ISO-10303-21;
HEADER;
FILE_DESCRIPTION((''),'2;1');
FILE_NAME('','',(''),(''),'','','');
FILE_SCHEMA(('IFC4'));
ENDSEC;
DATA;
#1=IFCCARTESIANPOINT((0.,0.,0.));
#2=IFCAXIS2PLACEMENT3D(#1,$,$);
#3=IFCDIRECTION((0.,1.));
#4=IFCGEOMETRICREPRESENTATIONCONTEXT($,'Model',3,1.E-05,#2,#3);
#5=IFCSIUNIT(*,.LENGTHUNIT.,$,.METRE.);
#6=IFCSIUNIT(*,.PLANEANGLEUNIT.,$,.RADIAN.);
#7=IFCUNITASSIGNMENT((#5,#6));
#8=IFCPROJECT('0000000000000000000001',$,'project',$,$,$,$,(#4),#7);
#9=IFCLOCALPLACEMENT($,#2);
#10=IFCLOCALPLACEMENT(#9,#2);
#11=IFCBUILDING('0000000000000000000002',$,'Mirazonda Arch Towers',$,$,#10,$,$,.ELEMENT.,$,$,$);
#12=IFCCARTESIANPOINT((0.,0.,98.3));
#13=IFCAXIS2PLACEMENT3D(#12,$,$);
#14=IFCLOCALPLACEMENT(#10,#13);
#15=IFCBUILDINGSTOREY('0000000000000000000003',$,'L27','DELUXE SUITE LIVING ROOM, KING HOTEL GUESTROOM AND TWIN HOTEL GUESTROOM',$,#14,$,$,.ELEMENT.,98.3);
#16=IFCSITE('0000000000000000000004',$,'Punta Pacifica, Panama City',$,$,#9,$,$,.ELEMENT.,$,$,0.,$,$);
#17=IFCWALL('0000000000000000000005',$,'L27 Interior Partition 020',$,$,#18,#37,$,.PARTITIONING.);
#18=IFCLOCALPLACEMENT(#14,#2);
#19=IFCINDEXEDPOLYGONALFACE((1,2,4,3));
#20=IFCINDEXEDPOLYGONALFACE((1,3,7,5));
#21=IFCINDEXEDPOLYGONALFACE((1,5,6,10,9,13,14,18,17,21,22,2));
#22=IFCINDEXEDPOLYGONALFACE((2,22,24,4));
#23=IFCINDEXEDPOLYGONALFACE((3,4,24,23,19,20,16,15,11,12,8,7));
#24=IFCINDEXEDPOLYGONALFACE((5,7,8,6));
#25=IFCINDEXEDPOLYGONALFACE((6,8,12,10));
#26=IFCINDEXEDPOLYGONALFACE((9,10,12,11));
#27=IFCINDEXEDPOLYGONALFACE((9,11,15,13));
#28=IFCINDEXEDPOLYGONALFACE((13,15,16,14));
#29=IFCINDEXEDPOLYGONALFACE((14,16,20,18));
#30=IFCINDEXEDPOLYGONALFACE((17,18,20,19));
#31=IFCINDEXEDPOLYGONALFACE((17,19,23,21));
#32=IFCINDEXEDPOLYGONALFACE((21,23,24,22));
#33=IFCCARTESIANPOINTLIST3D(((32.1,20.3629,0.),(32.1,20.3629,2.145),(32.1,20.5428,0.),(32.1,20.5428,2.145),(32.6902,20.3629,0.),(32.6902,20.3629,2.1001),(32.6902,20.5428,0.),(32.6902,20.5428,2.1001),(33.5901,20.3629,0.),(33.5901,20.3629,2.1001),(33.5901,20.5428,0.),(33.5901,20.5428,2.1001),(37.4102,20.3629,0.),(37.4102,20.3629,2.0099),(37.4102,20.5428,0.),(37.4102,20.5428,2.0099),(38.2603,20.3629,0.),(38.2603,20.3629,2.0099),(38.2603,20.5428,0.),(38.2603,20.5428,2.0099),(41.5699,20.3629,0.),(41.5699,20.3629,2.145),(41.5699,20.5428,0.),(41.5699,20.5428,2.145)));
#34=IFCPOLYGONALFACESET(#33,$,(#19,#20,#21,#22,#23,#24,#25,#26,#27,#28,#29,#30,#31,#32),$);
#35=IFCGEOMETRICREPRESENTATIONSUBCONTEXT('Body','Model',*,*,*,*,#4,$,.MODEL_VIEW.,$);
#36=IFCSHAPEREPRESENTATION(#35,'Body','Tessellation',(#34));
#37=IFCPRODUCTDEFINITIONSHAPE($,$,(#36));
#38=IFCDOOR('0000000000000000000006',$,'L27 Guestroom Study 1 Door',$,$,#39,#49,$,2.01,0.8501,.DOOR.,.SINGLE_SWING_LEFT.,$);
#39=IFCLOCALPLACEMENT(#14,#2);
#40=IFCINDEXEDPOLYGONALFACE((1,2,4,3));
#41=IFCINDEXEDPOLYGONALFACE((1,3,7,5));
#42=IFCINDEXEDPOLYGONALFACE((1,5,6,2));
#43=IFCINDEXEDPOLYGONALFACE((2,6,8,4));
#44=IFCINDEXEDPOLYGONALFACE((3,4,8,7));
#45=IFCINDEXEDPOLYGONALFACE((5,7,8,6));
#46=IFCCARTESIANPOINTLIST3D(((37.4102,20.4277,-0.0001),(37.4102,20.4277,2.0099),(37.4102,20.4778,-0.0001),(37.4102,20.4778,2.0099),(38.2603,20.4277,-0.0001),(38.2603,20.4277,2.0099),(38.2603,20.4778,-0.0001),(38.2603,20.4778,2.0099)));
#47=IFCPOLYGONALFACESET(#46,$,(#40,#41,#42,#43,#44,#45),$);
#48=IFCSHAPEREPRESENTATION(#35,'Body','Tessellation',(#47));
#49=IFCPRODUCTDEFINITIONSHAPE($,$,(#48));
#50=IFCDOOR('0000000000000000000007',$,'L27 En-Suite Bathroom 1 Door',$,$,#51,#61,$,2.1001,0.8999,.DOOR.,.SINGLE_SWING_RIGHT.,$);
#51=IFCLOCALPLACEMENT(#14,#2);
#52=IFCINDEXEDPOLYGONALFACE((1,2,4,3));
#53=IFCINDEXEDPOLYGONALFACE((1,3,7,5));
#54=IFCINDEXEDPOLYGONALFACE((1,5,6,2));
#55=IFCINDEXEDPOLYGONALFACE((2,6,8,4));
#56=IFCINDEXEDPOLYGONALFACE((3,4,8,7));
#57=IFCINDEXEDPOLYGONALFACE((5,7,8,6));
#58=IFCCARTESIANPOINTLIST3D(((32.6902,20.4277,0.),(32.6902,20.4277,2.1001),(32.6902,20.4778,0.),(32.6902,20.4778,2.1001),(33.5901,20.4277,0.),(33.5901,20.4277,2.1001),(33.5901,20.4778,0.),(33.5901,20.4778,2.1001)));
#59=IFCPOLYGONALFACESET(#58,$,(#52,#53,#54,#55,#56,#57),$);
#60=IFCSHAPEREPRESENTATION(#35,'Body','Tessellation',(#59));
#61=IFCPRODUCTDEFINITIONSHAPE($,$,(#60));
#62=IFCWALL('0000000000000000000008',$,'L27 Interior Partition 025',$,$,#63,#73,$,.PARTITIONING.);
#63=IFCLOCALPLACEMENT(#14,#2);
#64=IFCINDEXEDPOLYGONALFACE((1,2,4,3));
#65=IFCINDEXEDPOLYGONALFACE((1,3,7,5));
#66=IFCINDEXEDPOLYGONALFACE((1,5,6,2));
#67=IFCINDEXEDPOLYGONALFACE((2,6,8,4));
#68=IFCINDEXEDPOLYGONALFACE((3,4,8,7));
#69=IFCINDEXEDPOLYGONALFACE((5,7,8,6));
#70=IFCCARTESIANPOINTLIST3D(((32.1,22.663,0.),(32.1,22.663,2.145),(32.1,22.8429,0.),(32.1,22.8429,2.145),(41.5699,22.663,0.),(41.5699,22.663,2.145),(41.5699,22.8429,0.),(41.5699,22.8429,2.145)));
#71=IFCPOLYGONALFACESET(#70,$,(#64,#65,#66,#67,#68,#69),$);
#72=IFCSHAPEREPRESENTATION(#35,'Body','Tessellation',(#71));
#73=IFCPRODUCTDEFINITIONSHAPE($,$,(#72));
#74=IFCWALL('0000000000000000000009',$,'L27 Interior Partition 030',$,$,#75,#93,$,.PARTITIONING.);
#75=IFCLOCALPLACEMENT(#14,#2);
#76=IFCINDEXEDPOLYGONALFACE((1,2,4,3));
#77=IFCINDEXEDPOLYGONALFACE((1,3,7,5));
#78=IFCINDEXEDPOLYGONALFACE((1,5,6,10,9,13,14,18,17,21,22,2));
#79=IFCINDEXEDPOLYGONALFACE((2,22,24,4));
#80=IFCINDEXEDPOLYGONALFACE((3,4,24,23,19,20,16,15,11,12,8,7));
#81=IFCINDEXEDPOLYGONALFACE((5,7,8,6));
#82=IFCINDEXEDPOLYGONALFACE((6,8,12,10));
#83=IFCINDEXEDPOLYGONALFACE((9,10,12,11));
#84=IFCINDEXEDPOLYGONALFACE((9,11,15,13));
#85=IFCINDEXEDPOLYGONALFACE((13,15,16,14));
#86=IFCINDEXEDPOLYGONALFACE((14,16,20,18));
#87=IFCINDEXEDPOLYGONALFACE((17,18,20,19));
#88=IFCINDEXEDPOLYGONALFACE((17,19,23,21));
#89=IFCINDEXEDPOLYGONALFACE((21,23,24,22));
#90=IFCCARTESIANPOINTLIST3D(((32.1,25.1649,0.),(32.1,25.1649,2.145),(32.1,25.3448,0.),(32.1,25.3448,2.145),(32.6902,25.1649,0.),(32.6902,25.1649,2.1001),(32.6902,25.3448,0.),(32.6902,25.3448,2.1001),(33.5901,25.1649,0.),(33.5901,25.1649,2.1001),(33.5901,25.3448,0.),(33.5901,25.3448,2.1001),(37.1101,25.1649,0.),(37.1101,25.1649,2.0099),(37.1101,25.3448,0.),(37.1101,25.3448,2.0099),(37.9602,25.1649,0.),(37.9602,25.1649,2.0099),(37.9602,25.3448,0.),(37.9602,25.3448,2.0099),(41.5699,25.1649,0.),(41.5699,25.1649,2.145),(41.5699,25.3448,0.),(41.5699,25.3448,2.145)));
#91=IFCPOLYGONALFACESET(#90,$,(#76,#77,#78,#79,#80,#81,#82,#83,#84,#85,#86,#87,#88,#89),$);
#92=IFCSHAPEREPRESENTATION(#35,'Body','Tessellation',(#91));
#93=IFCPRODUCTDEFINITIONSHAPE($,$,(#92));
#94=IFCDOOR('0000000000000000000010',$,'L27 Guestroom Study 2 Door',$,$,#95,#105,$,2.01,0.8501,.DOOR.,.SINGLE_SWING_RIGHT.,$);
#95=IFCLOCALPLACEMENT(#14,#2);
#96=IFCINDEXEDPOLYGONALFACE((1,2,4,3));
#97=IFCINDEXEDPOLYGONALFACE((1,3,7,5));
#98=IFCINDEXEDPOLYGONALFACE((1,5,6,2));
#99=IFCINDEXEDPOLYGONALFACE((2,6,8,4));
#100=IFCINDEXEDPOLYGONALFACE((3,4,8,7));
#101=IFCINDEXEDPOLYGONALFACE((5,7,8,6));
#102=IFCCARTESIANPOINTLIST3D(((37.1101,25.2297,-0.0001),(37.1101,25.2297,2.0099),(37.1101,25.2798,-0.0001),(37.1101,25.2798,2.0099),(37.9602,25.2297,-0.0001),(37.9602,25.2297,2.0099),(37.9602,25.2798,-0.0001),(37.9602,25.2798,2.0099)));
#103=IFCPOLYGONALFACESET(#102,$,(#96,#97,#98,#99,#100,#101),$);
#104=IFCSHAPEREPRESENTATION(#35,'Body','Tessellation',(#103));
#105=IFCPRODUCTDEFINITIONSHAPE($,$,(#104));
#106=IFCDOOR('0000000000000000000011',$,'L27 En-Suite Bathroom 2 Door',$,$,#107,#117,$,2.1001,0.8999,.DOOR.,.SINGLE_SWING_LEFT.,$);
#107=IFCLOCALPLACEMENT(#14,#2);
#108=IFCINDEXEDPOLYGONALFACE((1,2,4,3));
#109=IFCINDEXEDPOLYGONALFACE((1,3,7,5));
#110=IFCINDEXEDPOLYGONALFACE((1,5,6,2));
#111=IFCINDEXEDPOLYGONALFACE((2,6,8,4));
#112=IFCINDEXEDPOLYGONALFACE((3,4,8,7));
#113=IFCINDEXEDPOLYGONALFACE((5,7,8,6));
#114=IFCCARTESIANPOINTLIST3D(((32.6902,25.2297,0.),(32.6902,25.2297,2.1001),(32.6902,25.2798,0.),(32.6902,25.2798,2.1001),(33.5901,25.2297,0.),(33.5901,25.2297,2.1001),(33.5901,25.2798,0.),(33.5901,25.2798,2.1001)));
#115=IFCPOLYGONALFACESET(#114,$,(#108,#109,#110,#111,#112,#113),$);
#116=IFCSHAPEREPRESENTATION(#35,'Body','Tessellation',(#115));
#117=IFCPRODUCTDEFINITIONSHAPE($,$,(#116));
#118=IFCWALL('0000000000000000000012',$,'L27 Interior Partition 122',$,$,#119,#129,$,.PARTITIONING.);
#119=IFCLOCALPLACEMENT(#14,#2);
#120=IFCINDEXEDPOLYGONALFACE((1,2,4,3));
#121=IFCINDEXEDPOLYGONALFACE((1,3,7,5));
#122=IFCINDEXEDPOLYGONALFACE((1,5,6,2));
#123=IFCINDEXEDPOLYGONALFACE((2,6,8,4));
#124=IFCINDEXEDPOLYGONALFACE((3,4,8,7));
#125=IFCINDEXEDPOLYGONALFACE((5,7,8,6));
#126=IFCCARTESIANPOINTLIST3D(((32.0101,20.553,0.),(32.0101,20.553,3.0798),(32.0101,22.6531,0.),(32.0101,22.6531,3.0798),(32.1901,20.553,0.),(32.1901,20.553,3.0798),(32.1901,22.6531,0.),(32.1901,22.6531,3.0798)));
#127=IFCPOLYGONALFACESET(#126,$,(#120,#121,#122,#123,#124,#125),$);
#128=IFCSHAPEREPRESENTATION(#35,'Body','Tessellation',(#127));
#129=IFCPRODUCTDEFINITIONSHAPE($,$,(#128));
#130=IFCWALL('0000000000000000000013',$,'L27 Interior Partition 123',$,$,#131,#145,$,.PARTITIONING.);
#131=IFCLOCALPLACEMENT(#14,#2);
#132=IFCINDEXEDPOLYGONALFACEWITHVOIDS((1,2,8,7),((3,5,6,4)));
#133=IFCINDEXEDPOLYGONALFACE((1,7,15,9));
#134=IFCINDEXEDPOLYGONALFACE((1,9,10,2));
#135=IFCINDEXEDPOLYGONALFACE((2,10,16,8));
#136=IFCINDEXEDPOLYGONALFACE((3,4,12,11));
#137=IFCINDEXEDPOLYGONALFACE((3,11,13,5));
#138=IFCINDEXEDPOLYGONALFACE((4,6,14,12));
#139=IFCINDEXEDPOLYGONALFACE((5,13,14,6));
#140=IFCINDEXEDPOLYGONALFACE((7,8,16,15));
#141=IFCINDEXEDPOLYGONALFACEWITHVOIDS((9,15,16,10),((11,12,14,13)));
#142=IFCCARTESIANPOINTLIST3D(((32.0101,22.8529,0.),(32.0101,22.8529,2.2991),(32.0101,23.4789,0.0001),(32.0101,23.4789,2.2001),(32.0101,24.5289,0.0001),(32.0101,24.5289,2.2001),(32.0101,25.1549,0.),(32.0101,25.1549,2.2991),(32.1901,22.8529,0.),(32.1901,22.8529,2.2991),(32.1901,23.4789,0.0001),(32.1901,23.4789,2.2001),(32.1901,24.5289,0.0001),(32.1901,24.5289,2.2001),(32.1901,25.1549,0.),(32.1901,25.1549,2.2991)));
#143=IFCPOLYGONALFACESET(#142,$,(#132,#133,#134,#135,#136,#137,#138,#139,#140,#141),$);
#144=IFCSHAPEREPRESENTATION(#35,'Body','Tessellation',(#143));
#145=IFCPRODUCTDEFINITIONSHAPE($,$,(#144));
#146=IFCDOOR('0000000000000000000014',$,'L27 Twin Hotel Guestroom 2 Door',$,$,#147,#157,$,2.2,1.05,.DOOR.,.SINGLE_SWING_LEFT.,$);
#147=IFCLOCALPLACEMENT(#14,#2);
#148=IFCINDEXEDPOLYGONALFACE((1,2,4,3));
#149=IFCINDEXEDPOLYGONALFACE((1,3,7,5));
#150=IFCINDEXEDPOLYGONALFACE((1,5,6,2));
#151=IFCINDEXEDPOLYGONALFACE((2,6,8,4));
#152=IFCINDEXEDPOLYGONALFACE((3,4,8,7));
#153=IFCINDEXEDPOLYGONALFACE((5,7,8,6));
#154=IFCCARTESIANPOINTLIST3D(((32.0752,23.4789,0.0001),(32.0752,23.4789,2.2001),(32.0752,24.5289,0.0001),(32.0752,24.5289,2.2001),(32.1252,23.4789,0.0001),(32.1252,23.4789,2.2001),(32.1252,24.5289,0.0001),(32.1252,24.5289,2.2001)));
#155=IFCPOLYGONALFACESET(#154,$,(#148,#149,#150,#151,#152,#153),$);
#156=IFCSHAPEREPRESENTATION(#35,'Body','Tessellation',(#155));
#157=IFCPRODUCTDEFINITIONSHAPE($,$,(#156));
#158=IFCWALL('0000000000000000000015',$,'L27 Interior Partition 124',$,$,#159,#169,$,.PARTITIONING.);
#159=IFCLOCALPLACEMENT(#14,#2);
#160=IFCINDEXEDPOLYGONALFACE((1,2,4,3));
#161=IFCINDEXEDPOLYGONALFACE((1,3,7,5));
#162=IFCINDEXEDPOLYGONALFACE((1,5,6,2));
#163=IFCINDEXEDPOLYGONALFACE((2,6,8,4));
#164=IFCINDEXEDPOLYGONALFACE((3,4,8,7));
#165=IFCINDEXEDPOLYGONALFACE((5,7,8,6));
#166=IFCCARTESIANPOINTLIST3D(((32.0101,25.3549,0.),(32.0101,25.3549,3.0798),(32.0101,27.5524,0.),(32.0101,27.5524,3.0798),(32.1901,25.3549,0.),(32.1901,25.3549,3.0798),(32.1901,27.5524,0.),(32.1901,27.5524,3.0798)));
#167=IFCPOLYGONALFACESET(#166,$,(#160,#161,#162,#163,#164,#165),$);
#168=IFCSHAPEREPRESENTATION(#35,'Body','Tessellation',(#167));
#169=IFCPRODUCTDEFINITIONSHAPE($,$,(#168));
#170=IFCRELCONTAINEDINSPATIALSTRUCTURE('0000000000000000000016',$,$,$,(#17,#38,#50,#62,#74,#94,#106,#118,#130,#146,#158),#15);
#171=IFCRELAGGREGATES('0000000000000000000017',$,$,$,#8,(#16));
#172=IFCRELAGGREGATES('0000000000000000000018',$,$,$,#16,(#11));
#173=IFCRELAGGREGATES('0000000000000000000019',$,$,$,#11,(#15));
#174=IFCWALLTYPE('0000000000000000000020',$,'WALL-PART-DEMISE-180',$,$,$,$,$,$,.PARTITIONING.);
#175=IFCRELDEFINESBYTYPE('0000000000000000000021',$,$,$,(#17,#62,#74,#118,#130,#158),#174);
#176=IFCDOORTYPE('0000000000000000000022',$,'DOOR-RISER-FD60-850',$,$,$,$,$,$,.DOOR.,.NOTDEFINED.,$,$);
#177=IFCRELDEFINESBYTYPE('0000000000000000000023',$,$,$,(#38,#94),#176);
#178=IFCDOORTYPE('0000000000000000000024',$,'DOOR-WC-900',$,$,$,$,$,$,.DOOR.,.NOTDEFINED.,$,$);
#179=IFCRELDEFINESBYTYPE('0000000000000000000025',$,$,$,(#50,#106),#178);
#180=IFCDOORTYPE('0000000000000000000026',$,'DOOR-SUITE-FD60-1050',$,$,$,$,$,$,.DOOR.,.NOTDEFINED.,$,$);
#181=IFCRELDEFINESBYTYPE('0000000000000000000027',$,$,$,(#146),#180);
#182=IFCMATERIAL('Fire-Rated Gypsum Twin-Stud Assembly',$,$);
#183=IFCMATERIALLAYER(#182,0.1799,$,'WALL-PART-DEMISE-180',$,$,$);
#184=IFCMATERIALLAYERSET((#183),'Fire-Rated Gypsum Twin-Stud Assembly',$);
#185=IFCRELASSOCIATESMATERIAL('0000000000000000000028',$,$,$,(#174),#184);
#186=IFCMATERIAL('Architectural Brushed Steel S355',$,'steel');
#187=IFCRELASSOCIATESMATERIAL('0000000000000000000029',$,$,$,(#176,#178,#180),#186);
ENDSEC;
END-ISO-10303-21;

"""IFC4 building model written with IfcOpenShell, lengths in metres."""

from ifc_helpers import new_model, si_unit, direction, frame, frame_2d, origin, place, context, subcontext, project, spatial, rectangle, extrude, material, layer, layer_set, type_object, element, fill, save


model = new_model("IFC4")

# Units and contexts
model_context = context("Model", 3, precision=1e-05, world=origin(), true_north=direction((0.0, 1.0)))
body_context = subcontext(model_context, "Body", "Model", "MODEL_VIEW")
ifc_project = project(units=[si_unit("LENGTHUNIT", "METRE"), si_unit("PLANEANGLEUNIT", "RADIAN")], contexts=[model_context])

# Site, building, storey
site_placement = place(None, origin())
site = spatial("IfcSite", under=ifc_project, at=site_placement, Name="Punta Pacifica, Panama City", CompositionType="ELEMENT", RefElevation=0.0)
building_placement = place(site_placement, origin())
building = spatial("IfcBuilding", under=site, at=building_placement, Name="Mirazonda Arch Towers", CompositionType="ELEMENT")
storey_placement = place(building_placement, frame((0.0, 0.0, 98.3)))
storey = spatial("IfcBuildingStorey", under=building, at=storey_placement, Name="L27", Description="DELUXE SUITE LIVING ROOM, KING HOTEL GUESTROOM AND TWIN HOTEL GUESTROOM", CompositionType="ELEMENT", Elevation=98.3)

# Wall, openings, doors
ifc_material_1 = material(Name="Fire-Rated Gypsum Twin-Stud Assembly")
ifc_layer_1 = layer(ifc_material_1, 0.1799, Name="WALL-PART-DEMISE-180")
ifc_layer_set_1 = layer_set([ifc_layer_1], Name="Fire-Rated Gypsum Twin-Stud Assembly")
wall_type_1 = type_object("IfcWallType", Name="WALL-PART-DEMISE-180", PredefinedType="PARTITIONING", material=ifc_layer_set_1)
wall_1_placement = place(storey_placement, frame((32.1001, 20.4529, 0.0), z_axis=(0.0, 0.0, 1.0), x_axis=(1.0, 0.0, 0.0)))
wall_1 = element("IfcWall", 1, at=wall_1_placement, inside=storey, type_object=wall_type_1, Name="L27 Interior Partition 020", PredefinedType="PARTITIONING", context=body_context, shape_type="SweptSolid", body=[
    extrude(rectangle(XDim=9.47, YDim=0.1799, at=frame_2d((4.7349, 0.0))), origin(), (0.0, 0.0, 1.0), 2.145),
])
opening_1_placement = place(wall_1_placement, frame((5.3101, 0.0, 0.0)))
opening_1 = element("IfcOpeningElement", 2, at=opening_1_placement, cuts=wall_1, PredefinedType="OPENING", context=body_context, shape_type="SweptSolid", body=[
    extrude(rectangle(XDim=0.8501, YDim=2.01, at=frame_2d((0.425, 1.0049))), frame((0.0, 0.0999, 0.0), z_axis=(0.0, -1.0, 0.0), x_axis=(1.0, 0.0, 0.0)), (0.0, 0.0, 1.0), 0.2),
])
opening_2_placement = place(wall_1_placement, frame((0.5901, 0.0, 0.0)))
opening_2 = element("IfcOpeningElement", 3, at=opening_2_placement, cuts=wall_1, PredefinedType="OPENING", context=body_context, shape_type="SweptSolid", body=[
    extrude(rectangle(XDim=0.8999, YDim=2.1001, at=frame_2d((0.45, 1.05))), frame((0.0, 0.0999, 0.0), z_axis=(0.0, -1.0, 0.0), x_axis=(1.0, 0.0, 0.0)), (0.0, 0.0, 1.0), 0.2),
])
ifc_material_2 = material(Name="Architectural Brushed Steel S355", Category="steel")
door_type_1 = type_object("IfcDoorType", Name="DOOR-RISER-FD60-850", OperationType="NOTDEFINED", PredefinedType="DOOR", material=ifc_material_2)
door_1_placement = place(opening_1_placement, origin())
door_1 = element("IfcDoor", 4, at=door_1_placement, inside=storey, type_object=door_type_1, Name="L27 Guestroom Study 1 Door", OperationType="SINGLE_SWING_LEFT", OverallHeight=2.01, OverallWidth=0.8501, PredefinedType="DOOR", context=body_context, shape_type="SweptSolid", body=[
    extrude(rectangle(XDim=0.8501, YDim=2.01, at=frame_2d((0.425, 1.0049))), frame((0.0, 0.0249, 0.0), z_axis=(0.0, -1.0, 0.0), x_axis=(1.0, 0.0, 0.0)), (0.0, 0.0, 1.0), 0.05),
])
fill(opening_1, door_1)
door_type_2 = type_object("IfcDoorType", Name="DOOR-WC-900", OperationType="NOTDEFINED", PredefinedType="DOOR", material=ifc_material_2)
door_2_placement = place(opening_2_placement, origin())
door_2 = element("IfcDoor", 5, at=door_2_placement, inside=storey, type_object=door_type_2, Name="L27 En-Suite Bathroom 1 Door", OperationType="SINGLE_SWING_RIGHT", OverallHeight=2.1001, OverallWidth=0.8999, PredefinedType="DOOR", context=body_context, shape_type="SweptSolid", body=[
    extrude(rectangle(XDim=0.8999, YDim=2.1001, at=frame_2d((0.45, 1.05))), frame((0.0, 0.0249, 0.0), z_axis=(0.0, -1.0, 0.0), x_axis=(1.0, 0.0, 0.0)), (0.0, 0.0, 1.0), 0.05),
])
fill(opening_2, door_2)

# Wall
wall_2_placement = place(storey_placement, frame((32.1001, 22.7529, 0.0), z_axis=(0.0, 0.0, 1.0), x_axis=(1.0, 0.0, 0.0)))
element("IfcWall", 6, at=wall_2_placement, inside=storey, type_object=wall_type_1, Name="L27 Interior Partition 025", PredefinedType="PARTITIONING", context=body_context, shape_type="SweptSolid", body=[
    extrude(rectangle(XDim=9.47, YDim=0.1799, at=frame_2d((4.7349, 0.0))), origin(), (0.0, 0.0, 1.0), 2.145),
])

# Wall, openings, doors
wall_3_placement = place(storey_placement, frame((32.1001, 25.2549, 0.0), z_axis=(0.0, 0.0, 1.0), x_axis=(1.0, 0.0, 0.0)))
wall_3 = element("IfcWall", 7, at=wall_3_placement, inside=storey, type_object=wall_type_1, Name="L27 Interior Partition 030", PredefinedType="PARTITIONING", context=body_context, shape_type="SweptSolid", body=[
    extrude(rectangle(XDim=9.47, YDim=0.1799, at=frame_2d((4.7349, 0.0))), origin(), (0.0, 0.0, 1.0), 2.145),
])
opening_3_placement = place(wall_3_placement, frame((5.01, 0.0, 0.0)))
opening_3 = element("IfcOpeningElement", 8, at=opening_3_placement, cuts=wall_3, PredefinedType="OPENING", context=body_context, shape_type="SweptSolid", body=[
    extrude(rectangle(XDim=0.8501, YDim=2.01, at=frame_2d((0.425, 1.0049))), frame((0.0, 0.0999, 0.0), z_axis=(0.0, -1.0, 0.0), x_axis=(1.0, 0.0, 0.0)), (0.0, 0.0, 1.0), 0.2),
])
opening_4_placement = place(wall_3_placement, frame((0.5901, 0.0, 0.0)))
opening_4 = element("IfcOpeningElement", 9, at=opening_4_placement, cuts=wall_3, PredefinedType="OPENING", context=body_context, shape_type="SweptSolid", body=[
    extrude(rectangle(XDim=0.8999, YDim=2.1001, at=frame_2d((0.45, 1.05))), frame((0.0, 0.0999, 0.0), z_axis=(0.0, -1.0, 0.0), x_axis=(1.0, 0.0, 0.0)), (0.0, 0.0, 1.0), 0.2),
])
door_3_placement = place(opening_3_placement, origin())
door_3 = element("IfcDoor", 10, at=door_3_placement, inside=storey, type_object=door_type_1, Name="L27 Guestroom Study 2 Door", OperationType="SINGLE_SWING_RIGHT", OverallHeight=2.01, OverallWidth=0.8501, PredefinedType="DOOR", context=body_context, shape_type="SweptSolid", body=[
    extrude(rectangle(XDim=0.8501, YDim=2.01, at=frame_2d((0.425, 1.0049))), frame((0.0, 0.0249, 0.0), z_axis=(0.0, -1.0, 0.0), x_axis=(1.0, 0.0, 0.0)), (0.0, 0.0, 1.0), 0.05),
])
fill(opening_3, door_3)
door_4_placement = place(opening_4_placement, origin())
door_4 = element("IfcDoor", 11, at=door_4_placement, inside=storey, type_object=door_type_2, Name="L27 En-Suite Bathroom 2 Door", OperationType="SINGLE_SWING_LEFT", OverallHeight=2.1001, OverallWidth=0.8999, PredefinedType="DOOR", context=body_context, shape_type="SweptSolid", body=[
    extrude(rectangle(XDim=0.8999, YDim=2.1001, at=frame_2d((0.45, 1.05))), frame((0.0, 0.0249, 0.0), z_axis=(0.0, -1.0, 0.0), x_axis=(1.0, 0.0, 0.0)), (0.0, 0.0, 1.0), 0.05),
])
fill(opening_4, door_4)

# Wall
wall_4_placement = place(storey_placement, frame((32.1001, 20.553, 0.0), z_axis=(0.0, 0.0, 1.0), x_axis=(0.0, 1.0, 0.0)))
element("IfcWall", 12, at=wall_4_placement, inside=storey, type_object=wall_type_1, Name="L27 Interior Partition 122", PredefinedType="PARTITIONING", context=body_context, shape_type="SweptSolid", body=[
    extrude(rectangle(XDim=2.1001, YDim=0.1799, at=frame_2d((1.05, 0.0))), origin(), (0.0, 0.0, 1.0), 3.0798),
])

# Wall, opening, door
wall_5_placement = place(storey_placement, frame((32.1001, 22.853, 0.0), z_axis=(0.0, 0.0, 1.0), x_axis=(0.0, 1.0, 0.0)))
wall_5 = element("IfcWall", 13, at=wall_5_placement, inside=storey, type_object=wall_type_1, Name="L27 Interior Partition 123", PredefinedType="PARTITIONING", context=body_context, shape_type="SweptSolid", body=[
    extrude(rectangle(XDim=2.302, YDim=0.1799, at=frame_2d((1.1509, 0.0))), origin(), (0.0, 0.0, 1.0), 2.2991),
])
opening_5_placement = place(wall_5_placement, frame((0.626, 0.0, 0.0)))
opening_5 = element("IfcOpeningElement", 14, at=opening_5_placement, cuts=wall_5, PredefinedType="OPENING", context=body_context, shape_type="SweptSolid", body=[
    extrude(rectangle(XDim=1.05, YDim=2.2, at=frame_2d((0.5249, 1.1001))), frame((0.0, 0.0999, 0.0), z_axis=(0.0, -1.0, 0.0), x_axis=(1.0, 0.0, 0.0)), (0.0, 0.0, 1.0), 0.2),
])
door_type_3 = type_object("IfcDoorType", Name="DOOR-SUITE-FD60-1050", OperationType="NOTDEFINED", PredefinedType="DOOR", material=ifc_material_2)
door_5_placement = place(opening_5_placement, origin())
door_5 = element("IfcDoor", 15, at=door_5_placement, inside=storey, type_object=door_type_3, Name="L27 Twin Hotel Guestroom 2 Door", OperationType="SINGLE_SWING_LEFT", OverallHeight=2.2, OverallWidth=1.05, PredefinedType="DOOR", context=body_context, shape_type="SweptSolid", body=[
    extrude(rectangle(XDim=1.05, YDim=2.2, at=frame_2d((0.5249, 1.1001))), frame((0.0, 0.0249, 0.0), z_axis=(0.0, -1.0, 0.0), x_axis=(1.0, 0.0, 0.0)), (0.0, 0.0, 1.0), 0.05),
])
fill(opening_5, door_5)

# Wall
wall_6_placement = place(storey_placement, frame((32.1001, 25.355, 0.0), z_axis=(0.0, 0.0, 1.0), x_axis=(0.0, 1.0, 0.0)))
element("IfcWall", 16, at=wall_6_placement, inside=storey, type_object=wall_type_1, Name="L27 Interior Partition 124", PredefinedType="PARTITIONING", context=body_context, shape_type="SweptSolid", body=[
    extrude(rectangle(XDim=2.1975, YDim=0.1799, at=frame_2d((1.0986, 0.0))), origin(), (0.0, 0.0, 1.0), 3.0798),
])

save(model, "model.ifc")
